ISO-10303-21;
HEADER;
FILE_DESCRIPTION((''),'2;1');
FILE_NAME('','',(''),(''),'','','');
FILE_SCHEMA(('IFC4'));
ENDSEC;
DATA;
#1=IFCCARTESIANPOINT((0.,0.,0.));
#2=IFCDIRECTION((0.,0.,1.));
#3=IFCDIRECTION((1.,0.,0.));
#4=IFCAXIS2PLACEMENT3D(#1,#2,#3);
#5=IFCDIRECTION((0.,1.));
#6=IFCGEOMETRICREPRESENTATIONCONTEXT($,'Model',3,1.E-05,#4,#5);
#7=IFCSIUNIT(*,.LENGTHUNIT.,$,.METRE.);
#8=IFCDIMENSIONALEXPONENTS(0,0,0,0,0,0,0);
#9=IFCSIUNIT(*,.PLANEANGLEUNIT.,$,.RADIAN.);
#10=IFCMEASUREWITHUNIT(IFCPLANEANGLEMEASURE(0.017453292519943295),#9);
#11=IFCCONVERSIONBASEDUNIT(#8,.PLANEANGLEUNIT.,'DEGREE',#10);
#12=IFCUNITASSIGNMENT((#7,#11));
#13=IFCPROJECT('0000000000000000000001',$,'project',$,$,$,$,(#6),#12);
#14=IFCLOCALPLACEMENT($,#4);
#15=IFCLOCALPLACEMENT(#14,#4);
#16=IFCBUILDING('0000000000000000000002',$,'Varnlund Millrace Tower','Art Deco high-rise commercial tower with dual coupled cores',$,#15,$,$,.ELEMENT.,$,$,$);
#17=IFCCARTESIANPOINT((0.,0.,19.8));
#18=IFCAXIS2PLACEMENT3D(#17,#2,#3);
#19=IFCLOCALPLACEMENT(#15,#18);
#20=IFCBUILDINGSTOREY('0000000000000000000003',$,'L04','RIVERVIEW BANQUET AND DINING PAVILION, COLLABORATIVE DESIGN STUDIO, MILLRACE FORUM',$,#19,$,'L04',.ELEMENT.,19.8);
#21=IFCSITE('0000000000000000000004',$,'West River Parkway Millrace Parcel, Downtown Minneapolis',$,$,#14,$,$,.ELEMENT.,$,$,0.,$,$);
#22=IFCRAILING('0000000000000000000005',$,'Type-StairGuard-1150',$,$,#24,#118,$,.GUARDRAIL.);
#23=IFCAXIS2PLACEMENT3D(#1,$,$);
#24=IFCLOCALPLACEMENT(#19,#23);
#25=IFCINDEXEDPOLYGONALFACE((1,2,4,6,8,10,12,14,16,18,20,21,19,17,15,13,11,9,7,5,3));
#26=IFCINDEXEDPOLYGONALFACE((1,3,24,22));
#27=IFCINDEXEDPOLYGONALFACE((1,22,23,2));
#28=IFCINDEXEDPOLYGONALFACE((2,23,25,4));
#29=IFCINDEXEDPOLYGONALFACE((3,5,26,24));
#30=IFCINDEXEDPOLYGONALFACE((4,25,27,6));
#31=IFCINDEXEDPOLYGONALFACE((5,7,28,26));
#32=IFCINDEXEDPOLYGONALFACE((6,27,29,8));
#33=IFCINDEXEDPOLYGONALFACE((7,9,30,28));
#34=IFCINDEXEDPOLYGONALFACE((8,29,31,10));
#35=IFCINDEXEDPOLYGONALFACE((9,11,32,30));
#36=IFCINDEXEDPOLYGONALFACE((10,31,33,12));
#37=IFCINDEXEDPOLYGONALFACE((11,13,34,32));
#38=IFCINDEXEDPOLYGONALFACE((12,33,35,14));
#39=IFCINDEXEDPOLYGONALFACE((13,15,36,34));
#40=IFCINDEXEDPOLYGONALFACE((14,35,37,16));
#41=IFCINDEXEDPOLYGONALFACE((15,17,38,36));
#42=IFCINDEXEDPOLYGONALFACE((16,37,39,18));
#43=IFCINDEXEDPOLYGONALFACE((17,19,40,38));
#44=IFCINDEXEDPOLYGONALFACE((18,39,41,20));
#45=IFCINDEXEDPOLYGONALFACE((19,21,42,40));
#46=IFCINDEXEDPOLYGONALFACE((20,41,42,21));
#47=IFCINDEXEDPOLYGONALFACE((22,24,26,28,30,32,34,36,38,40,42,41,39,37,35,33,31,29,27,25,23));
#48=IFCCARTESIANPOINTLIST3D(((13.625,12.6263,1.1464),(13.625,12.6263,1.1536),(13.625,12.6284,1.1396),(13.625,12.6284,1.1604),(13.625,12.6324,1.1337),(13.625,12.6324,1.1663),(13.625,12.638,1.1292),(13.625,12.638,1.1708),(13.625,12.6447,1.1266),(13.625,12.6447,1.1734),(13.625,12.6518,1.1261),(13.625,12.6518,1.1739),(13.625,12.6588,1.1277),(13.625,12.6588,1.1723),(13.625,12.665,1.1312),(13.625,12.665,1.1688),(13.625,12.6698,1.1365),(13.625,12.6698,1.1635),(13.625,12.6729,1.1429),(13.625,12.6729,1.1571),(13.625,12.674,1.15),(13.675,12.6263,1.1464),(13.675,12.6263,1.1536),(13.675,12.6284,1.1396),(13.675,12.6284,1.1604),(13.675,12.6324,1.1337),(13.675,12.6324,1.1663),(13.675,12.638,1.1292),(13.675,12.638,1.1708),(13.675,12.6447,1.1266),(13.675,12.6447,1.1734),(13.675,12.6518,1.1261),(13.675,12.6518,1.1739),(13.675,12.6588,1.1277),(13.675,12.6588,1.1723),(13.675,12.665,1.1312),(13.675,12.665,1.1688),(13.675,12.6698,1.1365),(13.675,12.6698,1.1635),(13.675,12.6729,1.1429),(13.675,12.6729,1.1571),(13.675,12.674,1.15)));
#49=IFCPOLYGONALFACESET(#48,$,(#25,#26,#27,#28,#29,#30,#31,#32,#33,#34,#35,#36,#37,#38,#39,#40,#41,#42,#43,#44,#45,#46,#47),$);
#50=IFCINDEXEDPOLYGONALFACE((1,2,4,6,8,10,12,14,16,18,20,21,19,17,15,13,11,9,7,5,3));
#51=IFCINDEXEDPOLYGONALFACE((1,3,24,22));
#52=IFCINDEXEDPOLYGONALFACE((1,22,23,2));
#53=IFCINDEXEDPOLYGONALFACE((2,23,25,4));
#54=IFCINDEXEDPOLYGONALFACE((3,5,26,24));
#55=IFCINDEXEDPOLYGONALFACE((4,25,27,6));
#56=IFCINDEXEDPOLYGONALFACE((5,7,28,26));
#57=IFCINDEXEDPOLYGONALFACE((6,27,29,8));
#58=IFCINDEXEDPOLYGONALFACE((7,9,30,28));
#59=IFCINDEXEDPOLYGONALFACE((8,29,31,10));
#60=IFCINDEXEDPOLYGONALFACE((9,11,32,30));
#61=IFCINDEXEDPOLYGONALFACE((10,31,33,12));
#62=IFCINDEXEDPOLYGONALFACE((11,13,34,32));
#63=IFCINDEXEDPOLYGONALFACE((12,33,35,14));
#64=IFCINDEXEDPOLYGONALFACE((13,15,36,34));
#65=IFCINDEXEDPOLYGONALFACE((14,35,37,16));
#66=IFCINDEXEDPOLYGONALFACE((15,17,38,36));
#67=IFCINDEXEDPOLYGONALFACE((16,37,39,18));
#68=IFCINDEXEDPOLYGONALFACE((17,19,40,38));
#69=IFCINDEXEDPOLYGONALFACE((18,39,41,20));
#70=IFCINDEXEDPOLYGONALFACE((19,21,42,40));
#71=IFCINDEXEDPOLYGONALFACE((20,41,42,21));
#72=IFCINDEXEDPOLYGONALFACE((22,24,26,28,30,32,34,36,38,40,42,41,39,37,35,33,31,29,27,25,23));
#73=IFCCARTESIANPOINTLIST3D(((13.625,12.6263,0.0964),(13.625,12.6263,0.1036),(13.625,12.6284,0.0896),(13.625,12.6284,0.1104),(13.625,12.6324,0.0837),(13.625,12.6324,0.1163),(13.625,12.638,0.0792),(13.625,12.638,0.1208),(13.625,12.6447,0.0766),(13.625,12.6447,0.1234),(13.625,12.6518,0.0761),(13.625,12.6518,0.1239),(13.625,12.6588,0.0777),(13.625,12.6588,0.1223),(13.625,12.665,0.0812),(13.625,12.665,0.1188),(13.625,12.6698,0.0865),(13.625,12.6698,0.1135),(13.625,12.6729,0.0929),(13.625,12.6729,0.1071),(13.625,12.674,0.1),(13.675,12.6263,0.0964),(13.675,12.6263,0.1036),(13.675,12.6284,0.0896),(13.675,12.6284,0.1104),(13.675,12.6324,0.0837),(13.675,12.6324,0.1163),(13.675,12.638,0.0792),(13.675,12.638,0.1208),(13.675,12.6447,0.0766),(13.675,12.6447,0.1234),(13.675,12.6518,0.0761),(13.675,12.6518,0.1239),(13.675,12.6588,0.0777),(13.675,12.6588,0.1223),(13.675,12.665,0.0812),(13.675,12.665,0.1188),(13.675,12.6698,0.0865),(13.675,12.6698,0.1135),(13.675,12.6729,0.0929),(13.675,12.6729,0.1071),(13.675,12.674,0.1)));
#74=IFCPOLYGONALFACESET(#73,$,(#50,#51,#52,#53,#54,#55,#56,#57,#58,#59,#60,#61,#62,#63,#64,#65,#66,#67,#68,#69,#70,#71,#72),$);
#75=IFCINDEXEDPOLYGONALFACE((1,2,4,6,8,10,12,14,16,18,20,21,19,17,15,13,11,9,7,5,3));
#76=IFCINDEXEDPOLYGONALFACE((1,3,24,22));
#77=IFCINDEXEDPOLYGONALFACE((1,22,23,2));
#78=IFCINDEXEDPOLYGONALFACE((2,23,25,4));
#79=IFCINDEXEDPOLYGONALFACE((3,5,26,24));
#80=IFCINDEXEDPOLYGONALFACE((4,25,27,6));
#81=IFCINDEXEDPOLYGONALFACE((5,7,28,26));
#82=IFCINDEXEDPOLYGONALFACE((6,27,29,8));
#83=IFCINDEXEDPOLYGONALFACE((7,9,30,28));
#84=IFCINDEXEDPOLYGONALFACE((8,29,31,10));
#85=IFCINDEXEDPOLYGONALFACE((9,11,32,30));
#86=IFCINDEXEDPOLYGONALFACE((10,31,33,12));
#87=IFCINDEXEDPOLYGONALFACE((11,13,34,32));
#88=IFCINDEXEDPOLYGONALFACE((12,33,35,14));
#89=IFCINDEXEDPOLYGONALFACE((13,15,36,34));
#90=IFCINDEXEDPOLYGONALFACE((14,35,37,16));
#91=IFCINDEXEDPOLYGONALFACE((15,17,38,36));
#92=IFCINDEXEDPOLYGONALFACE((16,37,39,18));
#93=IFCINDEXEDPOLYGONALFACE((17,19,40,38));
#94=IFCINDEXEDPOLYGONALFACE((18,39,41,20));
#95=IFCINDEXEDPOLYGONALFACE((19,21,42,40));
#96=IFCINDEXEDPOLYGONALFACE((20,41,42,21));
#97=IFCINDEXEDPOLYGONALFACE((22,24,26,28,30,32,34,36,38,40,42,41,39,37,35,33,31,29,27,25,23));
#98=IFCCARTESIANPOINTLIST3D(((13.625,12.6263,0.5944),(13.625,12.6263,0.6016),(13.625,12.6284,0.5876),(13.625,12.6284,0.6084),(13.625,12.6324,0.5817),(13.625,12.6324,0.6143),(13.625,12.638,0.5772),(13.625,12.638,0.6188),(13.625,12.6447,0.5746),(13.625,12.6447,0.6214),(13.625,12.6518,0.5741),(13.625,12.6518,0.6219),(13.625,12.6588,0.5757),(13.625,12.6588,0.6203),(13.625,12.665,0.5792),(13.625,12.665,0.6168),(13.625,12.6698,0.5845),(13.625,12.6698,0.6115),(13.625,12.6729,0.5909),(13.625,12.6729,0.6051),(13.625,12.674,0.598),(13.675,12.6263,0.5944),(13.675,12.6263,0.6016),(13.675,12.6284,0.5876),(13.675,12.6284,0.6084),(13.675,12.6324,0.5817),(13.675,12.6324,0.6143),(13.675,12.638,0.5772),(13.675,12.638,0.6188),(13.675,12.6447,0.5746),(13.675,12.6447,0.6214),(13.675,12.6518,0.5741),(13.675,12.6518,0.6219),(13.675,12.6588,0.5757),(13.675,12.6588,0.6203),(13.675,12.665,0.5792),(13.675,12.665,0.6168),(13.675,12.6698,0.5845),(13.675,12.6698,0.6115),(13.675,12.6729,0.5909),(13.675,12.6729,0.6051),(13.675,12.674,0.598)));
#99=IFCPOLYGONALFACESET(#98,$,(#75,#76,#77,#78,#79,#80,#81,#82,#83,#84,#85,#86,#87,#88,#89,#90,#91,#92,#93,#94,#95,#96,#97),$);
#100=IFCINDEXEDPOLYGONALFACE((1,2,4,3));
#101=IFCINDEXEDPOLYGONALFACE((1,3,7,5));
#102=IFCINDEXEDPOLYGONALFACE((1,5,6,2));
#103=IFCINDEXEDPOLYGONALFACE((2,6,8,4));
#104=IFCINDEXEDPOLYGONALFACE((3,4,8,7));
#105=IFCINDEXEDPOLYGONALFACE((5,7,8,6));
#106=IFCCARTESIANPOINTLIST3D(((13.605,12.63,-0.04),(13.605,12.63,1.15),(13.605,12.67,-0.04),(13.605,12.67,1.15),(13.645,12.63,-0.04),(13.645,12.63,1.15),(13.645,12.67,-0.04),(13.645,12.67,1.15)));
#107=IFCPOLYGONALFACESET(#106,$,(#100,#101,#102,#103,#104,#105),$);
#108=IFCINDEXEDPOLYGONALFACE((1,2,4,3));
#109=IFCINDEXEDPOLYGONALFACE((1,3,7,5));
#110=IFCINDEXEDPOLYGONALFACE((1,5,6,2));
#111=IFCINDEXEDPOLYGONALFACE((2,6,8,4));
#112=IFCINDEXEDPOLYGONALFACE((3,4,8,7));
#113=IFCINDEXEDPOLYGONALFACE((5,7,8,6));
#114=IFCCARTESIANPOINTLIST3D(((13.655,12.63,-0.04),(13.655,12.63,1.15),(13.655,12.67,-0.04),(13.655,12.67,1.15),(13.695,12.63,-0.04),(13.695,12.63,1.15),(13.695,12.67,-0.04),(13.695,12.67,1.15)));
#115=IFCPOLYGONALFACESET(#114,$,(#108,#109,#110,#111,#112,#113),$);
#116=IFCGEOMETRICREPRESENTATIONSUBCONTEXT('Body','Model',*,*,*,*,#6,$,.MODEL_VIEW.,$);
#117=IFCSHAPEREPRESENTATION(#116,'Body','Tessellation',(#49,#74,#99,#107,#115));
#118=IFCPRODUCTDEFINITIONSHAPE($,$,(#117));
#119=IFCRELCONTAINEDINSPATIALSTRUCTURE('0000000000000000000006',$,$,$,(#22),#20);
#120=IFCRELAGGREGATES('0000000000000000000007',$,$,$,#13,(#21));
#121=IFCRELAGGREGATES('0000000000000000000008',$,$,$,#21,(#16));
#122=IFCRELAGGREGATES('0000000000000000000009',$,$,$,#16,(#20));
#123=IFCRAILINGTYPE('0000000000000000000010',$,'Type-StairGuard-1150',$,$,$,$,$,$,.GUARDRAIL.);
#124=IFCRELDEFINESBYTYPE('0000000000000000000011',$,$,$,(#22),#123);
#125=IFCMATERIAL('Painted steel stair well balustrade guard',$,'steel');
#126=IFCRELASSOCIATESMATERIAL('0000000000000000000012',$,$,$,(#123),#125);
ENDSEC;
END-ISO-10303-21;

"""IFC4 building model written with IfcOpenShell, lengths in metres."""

from ifc_helpers import new_model, entity, si_unit, converted_unit, direction, frame, origin_with_axes, origin_2d_with_axis, place, context, subcontext, project, spatial, rectangle, circle, extrude, material, type_object, element, save


model = new_model("IFC4")

# Units and contexts
model_context = context("Model", 3, precision=1e-05, world=origin_with_axes(), true_north=direction((0.0, 1.0)))
body_context = subcontext(model_context, "Body", "Model", "MODEL_VIEW")
ifc_project = project(units=[si_unit("LENGTHUNIT", "METRE"), converted_unit("PLANEANGLEUNIT", "DEGREE", entity("IfcPlaneAngleMeasure", 0.017453292519943295), si_unit("PLANEANGLEUNIT", "RADIAN"), dimensions=[0, 0, 0, 0, 0, 0, 0])], contexts=[model_context])

# Site, building, storey
site_placement = place(None, origin_with_axes())
site = spatial("IfcSite", under=ifc_project, at=site_placement, Name="West River Parkway Millrace Parcel, Downtown Minneapolis", CompositionType="ELEMENT", RefElevation=0.0)
building_placement = place(site_placement, origin_with_axes())
building = spatial("IfcBuilding", under=site, at=building_placement, Name="Varnlund Millrace Tower", Description="Art Deco high-rise commercial tower with dual coupled cores", CompositionType="ELEMENT")
storey_placement = place(building_placement, frame((0.0, 0.0, 19.8), z_axis=(0.0, 0.0, 1.0), x_axis=(1.0, 0.0, 0.0)))
storey = spatial("IfcBuildingStorey", under=building, at=storey_placement, Name="L04", Description="RIVERVIEW BANQUET AND DINING PAVILION, COLLABORATIVE DESIGN STUDIO, MILLRACE FORUM", LongName="L04", CompositionType="ELEMENT", Elevation=19.8)

# Railing
ifc_material_1 = material(Name="Painted steel stair well balustrade guard", Category="steel")
railing_type_1 = type_object("IfcRailingType", Name="Type-StairGuard-1150", PredefinedType="GUARDRAIL", material=ifc_material_1)
railing_1_placement = place(storey_placement, frame((0.0, 0.0, -19.8), z_axis=(0.0, 0.0, 1.0), x_axis=(1.0, 0.0, 0.0)))
element("IfcRailing", 1, at=railing_1_placement, inside=storey, type_object=railing_type_1, Name="Type-StairGuard-1150", PredefinedType="GUARDRAIL", context=body_context, shape_type="SweptSolid", body=[
    extrude(circle(Radius=0.024, at=origin_2d_with_axis()), frame((13.625, 12.65, 20.95), z_axis=(1.0, 0.0, 0.0), x_axis=(0.0, 1.0, 0.0)), (0.0, 0.0, 1.0), 0.05),
    extrude(circle(Radius=0.024, at=origin_2d_with_axis()), frame((13.625, 12.65, 19.9), z_axis=(1.0, 0.0, 0.0), x_axis=(0.0, 1.0, 0.0)), (0.0, 0.0, 1.0), 0.05),
    extrude(circle(Radius=0.024, at=origin_2d_with_axis()), frame((13.625, 12.65, 20.398), z_axis=(1.0, 0.0, 0.0), x_axis=(0.0, 1.0, 0.0)), (0.0, 0.0, 1.0), 0.05),
    extrude(rectangle(XDim=0.04, YDim=0.04, at=origin_2d_with_axis()), frame((13.625, 12.65, 19.76), z_axis=(0.0, 0.0, 1.0), x_axis=(1.0, 0.0, 0.0)), (0.0, 0.0, 1.0), 1.19),
    extrude(rectangle(XDim=0.04, YDim=0.04, at=origin_2d_with_axis()), frame((13.675, 12.65, 19.76), z_axis=(0.0, 0.0, 1.0), x_axis=(1.0, 0.0, 0.0)), (0.0, 0.0, 1.0), 1.19),
])

save(model, "model.ifc")
